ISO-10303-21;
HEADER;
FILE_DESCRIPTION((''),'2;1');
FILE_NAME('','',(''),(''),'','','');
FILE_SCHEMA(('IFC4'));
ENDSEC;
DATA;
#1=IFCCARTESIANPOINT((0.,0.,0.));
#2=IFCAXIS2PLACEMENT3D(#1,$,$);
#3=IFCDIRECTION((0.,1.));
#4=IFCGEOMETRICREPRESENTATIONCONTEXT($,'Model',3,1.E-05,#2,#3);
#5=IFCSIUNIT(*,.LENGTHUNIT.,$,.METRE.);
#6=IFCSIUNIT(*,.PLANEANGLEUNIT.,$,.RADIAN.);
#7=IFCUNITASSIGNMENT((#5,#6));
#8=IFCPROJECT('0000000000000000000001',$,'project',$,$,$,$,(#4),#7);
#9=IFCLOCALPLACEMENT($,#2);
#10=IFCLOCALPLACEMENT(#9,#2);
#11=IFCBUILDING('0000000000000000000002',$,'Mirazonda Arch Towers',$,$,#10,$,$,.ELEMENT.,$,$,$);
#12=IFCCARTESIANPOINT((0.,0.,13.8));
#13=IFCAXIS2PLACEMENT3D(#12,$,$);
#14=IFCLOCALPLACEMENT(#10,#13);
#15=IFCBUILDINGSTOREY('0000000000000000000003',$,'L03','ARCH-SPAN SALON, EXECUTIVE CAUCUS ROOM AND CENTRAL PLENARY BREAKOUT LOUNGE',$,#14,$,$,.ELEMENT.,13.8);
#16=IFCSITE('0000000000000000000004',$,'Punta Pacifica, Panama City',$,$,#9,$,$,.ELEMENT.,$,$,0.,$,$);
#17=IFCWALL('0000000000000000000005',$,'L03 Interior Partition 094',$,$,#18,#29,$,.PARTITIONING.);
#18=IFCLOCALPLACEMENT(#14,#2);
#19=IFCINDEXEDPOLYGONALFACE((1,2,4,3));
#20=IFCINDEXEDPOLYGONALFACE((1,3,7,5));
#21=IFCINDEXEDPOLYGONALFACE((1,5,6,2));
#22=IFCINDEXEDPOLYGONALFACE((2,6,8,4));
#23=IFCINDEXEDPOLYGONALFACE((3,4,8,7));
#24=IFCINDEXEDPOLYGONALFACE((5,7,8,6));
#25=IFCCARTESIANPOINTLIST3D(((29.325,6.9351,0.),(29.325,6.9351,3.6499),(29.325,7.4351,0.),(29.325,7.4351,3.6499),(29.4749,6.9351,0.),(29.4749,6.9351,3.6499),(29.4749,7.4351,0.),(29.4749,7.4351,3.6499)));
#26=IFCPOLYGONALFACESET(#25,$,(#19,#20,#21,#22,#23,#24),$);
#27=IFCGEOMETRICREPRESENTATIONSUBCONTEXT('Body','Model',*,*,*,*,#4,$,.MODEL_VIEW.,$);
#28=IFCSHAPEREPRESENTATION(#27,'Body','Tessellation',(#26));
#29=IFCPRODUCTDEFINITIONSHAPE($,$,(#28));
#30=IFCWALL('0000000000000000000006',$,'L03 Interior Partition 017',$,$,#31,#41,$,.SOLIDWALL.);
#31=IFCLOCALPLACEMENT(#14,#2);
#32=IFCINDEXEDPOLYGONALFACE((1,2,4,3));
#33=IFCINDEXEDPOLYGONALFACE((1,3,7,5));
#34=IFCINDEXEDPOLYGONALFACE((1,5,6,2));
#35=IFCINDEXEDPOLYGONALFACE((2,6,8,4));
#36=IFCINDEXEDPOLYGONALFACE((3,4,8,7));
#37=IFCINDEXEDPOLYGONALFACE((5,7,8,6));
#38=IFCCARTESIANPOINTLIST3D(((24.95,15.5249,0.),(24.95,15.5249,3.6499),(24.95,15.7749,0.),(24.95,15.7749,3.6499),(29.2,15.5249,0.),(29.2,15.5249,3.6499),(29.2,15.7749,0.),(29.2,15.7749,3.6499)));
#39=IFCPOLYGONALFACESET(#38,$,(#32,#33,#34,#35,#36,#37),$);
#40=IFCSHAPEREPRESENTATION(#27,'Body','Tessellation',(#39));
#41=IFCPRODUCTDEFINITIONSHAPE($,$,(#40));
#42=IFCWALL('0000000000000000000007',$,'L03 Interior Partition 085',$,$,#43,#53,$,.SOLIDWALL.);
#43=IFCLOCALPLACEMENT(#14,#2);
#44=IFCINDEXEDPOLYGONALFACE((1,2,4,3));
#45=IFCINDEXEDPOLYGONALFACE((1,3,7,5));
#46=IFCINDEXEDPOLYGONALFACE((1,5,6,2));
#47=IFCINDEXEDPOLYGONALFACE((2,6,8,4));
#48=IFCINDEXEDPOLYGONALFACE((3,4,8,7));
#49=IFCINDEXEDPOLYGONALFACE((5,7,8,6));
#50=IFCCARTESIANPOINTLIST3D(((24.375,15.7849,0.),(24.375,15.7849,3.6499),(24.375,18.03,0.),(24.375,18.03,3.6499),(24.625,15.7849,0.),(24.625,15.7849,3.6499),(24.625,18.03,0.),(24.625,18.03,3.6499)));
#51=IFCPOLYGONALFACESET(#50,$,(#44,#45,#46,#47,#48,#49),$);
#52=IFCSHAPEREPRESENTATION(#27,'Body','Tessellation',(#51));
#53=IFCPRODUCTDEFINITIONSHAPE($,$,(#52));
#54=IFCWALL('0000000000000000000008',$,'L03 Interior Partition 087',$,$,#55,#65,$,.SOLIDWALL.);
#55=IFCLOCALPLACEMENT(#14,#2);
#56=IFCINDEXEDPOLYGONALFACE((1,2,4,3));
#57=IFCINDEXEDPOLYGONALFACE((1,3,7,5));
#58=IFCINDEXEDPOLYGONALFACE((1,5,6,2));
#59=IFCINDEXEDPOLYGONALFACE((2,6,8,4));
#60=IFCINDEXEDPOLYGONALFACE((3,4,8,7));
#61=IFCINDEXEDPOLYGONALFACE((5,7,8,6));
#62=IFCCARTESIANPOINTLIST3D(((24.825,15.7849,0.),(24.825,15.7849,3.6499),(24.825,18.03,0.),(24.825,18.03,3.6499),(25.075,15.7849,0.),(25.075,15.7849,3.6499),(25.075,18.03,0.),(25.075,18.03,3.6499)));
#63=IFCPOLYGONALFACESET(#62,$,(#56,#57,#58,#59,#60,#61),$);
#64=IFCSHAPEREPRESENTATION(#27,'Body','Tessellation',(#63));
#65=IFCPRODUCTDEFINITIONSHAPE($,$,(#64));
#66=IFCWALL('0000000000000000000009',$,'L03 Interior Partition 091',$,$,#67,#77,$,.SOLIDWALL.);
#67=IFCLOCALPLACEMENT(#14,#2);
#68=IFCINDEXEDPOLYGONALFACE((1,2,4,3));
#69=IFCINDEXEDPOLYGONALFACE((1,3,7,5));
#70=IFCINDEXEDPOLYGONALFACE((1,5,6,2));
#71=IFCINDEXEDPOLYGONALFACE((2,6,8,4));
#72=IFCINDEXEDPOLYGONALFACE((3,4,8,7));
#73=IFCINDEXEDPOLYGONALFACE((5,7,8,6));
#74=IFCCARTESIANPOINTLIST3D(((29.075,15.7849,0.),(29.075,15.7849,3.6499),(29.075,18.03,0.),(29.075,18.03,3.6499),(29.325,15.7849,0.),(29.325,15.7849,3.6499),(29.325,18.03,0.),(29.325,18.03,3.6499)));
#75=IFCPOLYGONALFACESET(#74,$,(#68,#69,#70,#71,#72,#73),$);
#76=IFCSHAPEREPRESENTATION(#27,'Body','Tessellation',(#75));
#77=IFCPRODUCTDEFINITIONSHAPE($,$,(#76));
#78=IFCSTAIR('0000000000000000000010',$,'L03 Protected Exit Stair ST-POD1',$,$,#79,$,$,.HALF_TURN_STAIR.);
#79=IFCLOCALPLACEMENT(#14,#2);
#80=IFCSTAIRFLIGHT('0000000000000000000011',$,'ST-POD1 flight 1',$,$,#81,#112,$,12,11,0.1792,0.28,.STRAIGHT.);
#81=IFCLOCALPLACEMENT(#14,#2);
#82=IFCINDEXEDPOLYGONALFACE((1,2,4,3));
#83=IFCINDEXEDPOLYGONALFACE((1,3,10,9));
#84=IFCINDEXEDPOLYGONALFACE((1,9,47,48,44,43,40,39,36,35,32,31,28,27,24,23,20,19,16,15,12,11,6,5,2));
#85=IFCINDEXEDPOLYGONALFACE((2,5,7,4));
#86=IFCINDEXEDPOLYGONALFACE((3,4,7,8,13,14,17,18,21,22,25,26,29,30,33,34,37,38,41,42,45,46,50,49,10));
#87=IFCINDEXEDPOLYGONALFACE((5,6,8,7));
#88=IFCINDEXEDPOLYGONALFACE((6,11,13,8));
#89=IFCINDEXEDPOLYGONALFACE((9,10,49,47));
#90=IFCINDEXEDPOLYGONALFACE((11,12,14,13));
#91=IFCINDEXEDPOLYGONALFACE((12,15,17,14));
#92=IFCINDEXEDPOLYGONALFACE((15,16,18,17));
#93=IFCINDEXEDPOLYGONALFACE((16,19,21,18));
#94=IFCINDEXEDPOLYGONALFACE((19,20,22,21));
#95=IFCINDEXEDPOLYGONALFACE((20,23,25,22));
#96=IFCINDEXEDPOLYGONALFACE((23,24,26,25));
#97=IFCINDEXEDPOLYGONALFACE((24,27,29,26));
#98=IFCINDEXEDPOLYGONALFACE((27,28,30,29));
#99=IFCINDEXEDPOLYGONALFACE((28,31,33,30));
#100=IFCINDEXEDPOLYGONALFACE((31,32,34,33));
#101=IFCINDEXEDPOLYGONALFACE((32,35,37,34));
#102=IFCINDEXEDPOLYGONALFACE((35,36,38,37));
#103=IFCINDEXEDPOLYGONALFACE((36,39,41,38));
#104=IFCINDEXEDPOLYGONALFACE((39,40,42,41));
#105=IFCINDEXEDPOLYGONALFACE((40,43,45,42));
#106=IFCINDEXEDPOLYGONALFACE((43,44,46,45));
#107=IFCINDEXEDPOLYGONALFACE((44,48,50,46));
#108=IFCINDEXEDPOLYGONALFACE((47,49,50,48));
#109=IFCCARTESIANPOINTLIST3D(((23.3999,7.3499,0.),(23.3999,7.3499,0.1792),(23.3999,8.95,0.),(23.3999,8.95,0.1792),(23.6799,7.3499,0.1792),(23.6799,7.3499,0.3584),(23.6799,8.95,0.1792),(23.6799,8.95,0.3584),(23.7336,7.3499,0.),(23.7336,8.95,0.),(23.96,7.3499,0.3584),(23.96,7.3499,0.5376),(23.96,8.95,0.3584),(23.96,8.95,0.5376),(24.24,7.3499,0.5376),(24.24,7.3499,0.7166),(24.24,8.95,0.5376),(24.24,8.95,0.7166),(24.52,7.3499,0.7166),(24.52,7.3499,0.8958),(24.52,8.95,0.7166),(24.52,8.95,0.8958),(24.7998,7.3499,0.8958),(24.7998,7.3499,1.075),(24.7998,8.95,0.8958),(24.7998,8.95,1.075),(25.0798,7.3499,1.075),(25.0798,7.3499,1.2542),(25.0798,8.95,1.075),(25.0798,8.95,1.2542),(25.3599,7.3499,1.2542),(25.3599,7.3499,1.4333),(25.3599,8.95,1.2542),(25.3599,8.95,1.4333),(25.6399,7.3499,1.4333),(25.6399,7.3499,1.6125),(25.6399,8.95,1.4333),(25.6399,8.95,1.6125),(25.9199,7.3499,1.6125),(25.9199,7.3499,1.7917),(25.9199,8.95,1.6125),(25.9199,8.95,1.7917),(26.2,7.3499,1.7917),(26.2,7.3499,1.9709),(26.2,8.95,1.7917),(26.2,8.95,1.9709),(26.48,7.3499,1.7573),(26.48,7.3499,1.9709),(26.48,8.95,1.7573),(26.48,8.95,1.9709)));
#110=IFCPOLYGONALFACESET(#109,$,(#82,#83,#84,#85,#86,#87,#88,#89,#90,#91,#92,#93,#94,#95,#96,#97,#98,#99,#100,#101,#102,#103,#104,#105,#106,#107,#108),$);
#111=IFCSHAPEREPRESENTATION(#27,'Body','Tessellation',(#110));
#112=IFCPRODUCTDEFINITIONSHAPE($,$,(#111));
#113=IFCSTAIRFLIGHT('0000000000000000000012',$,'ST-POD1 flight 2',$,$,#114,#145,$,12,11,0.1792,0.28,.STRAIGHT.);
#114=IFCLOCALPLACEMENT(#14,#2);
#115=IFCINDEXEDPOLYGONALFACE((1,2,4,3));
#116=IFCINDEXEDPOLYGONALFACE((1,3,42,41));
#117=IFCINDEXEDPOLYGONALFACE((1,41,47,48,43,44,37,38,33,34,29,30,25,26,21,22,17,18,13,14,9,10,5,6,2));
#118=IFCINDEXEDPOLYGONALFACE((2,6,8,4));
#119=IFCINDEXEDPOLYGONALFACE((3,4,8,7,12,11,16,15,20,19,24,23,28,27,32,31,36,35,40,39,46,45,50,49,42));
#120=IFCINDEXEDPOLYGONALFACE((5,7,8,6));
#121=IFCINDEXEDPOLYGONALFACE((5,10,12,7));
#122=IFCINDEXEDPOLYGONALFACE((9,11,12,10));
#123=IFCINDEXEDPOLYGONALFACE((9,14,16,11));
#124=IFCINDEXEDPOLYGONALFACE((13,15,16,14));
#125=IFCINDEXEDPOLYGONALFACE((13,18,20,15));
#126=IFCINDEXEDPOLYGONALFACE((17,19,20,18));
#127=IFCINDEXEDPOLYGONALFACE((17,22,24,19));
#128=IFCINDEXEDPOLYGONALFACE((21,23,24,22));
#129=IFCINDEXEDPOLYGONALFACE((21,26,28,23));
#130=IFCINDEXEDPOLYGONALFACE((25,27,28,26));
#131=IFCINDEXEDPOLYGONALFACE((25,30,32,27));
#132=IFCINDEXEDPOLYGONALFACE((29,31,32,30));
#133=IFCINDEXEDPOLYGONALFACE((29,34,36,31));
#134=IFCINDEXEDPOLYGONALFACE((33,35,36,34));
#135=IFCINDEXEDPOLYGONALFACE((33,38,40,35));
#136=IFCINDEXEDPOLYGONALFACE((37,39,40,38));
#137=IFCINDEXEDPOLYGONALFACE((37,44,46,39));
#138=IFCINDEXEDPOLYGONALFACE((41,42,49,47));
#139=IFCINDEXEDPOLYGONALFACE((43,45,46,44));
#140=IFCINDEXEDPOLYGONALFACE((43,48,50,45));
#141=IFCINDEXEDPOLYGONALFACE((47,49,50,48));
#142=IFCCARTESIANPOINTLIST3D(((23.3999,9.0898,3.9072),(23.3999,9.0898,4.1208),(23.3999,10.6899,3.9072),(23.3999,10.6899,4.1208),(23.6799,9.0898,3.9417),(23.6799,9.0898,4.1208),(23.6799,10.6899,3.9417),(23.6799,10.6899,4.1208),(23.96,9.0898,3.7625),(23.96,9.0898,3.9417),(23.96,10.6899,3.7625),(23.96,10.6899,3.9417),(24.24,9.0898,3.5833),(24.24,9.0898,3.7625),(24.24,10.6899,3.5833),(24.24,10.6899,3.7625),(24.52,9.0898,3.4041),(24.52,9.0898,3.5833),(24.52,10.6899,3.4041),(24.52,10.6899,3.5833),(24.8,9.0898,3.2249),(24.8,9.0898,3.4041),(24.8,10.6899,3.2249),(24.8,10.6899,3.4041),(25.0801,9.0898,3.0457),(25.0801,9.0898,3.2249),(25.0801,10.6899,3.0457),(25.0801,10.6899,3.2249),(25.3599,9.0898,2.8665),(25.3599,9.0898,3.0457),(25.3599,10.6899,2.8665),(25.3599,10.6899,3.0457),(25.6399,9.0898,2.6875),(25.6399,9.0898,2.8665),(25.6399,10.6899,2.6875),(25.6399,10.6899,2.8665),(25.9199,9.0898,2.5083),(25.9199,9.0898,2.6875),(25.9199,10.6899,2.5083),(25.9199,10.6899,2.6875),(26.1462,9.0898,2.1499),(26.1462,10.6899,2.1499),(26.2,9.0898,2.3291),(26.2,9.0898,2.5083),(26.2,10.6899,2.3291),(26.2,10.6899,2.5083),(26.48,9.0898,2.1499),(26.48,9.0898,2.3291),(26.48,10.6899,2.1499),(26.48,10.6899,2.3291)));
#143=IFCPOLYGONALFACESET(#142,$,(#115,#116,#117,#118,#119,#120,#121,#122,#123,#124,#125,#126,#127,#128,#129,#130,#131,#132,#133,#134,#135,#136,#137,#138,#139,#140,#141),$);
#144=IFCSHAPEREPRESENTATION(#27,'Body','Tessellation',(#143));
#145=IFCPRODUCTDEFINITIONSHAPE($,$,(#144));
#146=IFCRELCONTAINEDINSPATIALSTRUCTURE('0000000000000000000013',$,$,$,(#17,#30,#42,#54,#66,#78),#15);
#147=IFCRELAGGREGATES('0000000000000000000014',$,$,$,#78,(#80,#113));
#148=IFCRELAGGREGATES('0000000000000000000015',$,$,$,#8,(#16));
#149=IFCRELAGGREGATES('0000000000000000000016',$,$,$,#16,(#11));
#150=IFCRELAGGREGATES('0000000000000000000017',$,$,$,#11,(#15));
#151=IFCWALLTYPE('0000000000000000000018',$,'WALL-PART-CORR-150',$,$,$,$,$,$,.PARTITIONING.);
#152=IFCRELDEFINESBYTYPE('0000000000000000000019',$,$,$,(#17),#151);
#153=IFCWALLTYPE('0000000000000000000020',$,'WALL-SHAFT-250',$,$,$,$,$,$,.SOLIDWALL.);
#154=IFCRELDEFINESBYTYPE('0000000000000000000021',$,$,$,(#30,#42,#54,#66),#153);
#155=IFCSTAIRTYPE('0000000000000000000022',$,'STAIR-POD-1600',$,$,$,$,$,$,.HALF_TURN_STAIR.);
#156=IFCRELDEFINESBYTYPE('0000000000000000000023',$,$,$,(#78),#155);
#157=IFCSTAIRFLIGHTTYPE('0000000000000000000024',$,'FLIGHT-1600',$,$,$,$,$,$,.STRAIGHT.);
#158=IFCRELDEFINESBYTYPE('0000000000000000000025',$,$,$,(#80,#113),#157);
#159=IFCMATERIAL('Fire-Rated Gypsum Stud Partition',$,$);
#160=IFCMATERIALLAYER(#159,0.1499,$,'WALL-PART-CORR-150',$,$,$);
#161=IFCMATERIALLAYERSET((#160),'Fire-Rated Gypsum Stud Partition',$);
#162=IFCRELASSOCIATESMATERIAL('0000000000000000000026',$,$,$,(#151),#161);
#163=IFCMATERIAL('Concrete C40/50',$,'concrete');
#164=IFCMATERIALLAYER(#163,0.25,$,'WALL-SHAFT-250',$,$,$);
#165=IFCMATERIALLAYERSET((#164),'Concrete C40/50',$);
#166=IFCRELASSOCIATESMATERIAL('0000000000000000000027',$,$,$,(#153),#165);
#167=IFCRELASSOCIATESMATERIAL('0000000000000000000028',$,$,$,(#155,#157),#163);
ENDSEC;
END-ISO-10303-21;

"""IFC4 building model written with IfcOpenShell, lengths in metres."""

from ifc_helpers import new_model, si_unit, direction, frame, frame_2d, origin, place, context, subcontext, project, spatial, polyline, rectangle, outline, extrude, material, layer, layer_set, type_object, element, aggregate, save


model = new_model("IFC4")

# Units and contexts
model_context = context("Model", 3, precision=1e-05, world=origin(), true_north=direction((0.0, 1.0)))
body_context = subcontext(model_context, "Body", "Model", "MODEL_VIEW")
ifc_project = project(units=[si_unit("LENGTHUNIT", "METRE"), si_unit("PLANEANGLEUNIT", "RADIAN")], contexts=[model_context])

# Site, building, storey
site_placement = place(None, origin())
site = spatial("IfcSite", under=ifc_project, at=site_placement, Name="Punta Pacifica, Panama City", CompositionType="ELEMENT", RefElevation=0.0)
building_placement = place(site_placement, origin())
building = spatial("IfcBuilding", under=site, at=building_placement, Name="Mirazonda Arch Towers", CompositionType="ELEMENT")
storey_placement = place(building_placement, frame((0.0, 0.0, 13.8)))
storey = spatial("IfcBuildingStorey", under=building, at=storey_placement, Name="L03", Description="ARCH-SPAN SALON, EXECUTIVE CAUCUS ROOM AND CENTRAL PLENARY BREAKOUT LOUNGE", CompositionType="ELEMENT", Elevation=13.8)

# Walls
ifc_material_1 = material(Name="Fire-Rated Gypsum Stud Partition")
ifc_layer_1 = layer(ifc_material_1, 0.1499, Name="WALL-PART-CORR-150")
ifc_layer_set_1 = layer_set([ifc_layer_1], Name="Fire-Rated Gypsum Stud Partition")
wall_type_1 = type_object("IfcWallType", Name="WALL-PART-CORR-150", PredefinedType="PARTITIONING", material=ifc_layer_set_1)
wall_1_placement = place(storey_placement, frame((29.3999, 6.9351, 0.0), z_axis=(0.0, 0.0, 1.0), x_axis=(0.0, 1.0, 0.0)))
element("IfcWall", 1, at=wall_1_placement, inside=storey, type_object=wall_type_1, Name="L03 Interior Partition 094", PredefinedType="PARTITIONING", context=body_context, shape_type="SweptSolid", body=[
    extrude(rectangle(XDim=0.5, YDim=0.1499, at=frame_2d((0.25, 0.0))), origin(), (0.0, 0.0, 1.0), 3.6499),
])
ifc_material_2 = material(Name="Concrete C40/50", Category="concrete")
ifc_layer_2 = layer(ifc_material_2, 0.25, Name="WALL-SHAFT-250")
ifc_layer_set_2 = layer_set([ifc_layer_2], Name="Concrete C40/50")
wall_type_2 = type_object("IfcWallType", Name="WALL-SHAFT-250", PredefinedType="SOLIDWALL", material=ifc_layer_set_2)
wall_2_placement = place(storey_placement, frame((24.95, 15.6499, 0.0), z_axis=(0.0, 0.0, 1.0), x_axis=(1.0, 0.0, 0.0)))
element("IfcWall", 2, at=wall_2_placement, inside=storey, type_object=wall_type_2, Name="L03 Interior Partition 017", PredefinedType="SOLIDWALL", context=body_context, shape_type="SweptSolid", body=[
    extrude(rectangle(XDim=4.25, YDim=0.25, at=frame_2d((2.125, 0.0))), origin(), (0.0, 0.0, 1.0), 3.6499),
])
for number, where, z_axis, x_axis, name in (
    (3, (24.5, 15.7849, 0.0), (0.0, 0.0, 1.0), (0.0, 1.0, 0.0), "L03 Interior Partition 085"),
    (4, (24.95, 15.7849, 0.0), (0.0, 0.0, 1.0), (0.0, 1.0, 0.0), "L03 Interior Partition 087"),
    (5, (29.2, 15.7849, 0.0), (0.0, 0.0, 1.0), (0.0, 1.0, 0.0), "L03 Interior Partition 091"),
):
    element("IfcWall", number, at=place(storey_placement, frame(where, z_axis=z_axis, x_axis=x_axis)), inside=storey, type_object=wall_type_2, Name=name, PredefinedType="SOLIDWALL", context=body_context, shape_type="SweptSolid", body=[
        extrude(rectangle(XDim=2.2451, YDim=0.25, at=frame_2d((1.1226, 0.0))), origin(), (0.0, 0.0, 1.0), 3.6499),
    ])

# Stair, stair flights
stair_type = type_object("IfcStairType", Name="STAIR-POD-1600", PredefinedType="HALF_TURN_STAIR", material=ifc_material_2)
stair_placement = place(storey_placement, origin())
stair = element("IfcStair", 6, at=stair_placement, inside=storey, type_object=stair_type, Name="L03 Protected Exit Stair ST-POD1", PredefinedType="HALF_TURN_STAIR")
stair_flight_type = type_object("IfcStairFlightType", Name="FLIGHT-1600", PredefinedType="STRAIGHT", material=ifc_material_2)
stair_flight_1_placement = place(storey_placement, frame((23.3999, 8.1499, 0.0), z_axis=(0.0, 0.0, 1.0), x_axis=(1.0, 0.0, 0.0)))
stair_flight_1 = element("IfcStairFlight", 7, at=stair_flight_1_placement, type_object=stair_flight_type, Name="ST-POD1 flight 1", NumberOfRisers=12, NumberOfTreads=11, PredefinedType="STRAIGHT", RiserHeight=0.1792, TreadLength=0.28, context=body_context, shape_type="SweptSolid", body=[
    extrude(outline(polyline([(0.0, 0.0), (0.0, 0.1792), (0.28, 0.1792), (0.28, 0.3584), (0.5601, 0.3584), (0.5601, 0.5376), (0.8401, 0.5376), (0.8401, 0.7166), (1.1201, 0.7166), (1.1201, 0.8958), (1.3999, 0.8958), (1.3999, 1.075), (1.6799, 1.075), (1.6799, 1.2542), (1.96, 1.2542), (1.96, 1.4333), (2.24, 1.4333), (2.24, 1.6125), (2.52, 1.6125), (2.52, 1.7917), (2.8, 1.7917), (2.8, 1.9709), (3.0801, 1.9709), (3.0801, 2.1499), (3.0801, 1.7573), (0.3337, 0.0), (0.0, 0.0)])), frame((0.0, 0.8, 0.0), z_axis=(0.0, -1.0, 0.0), x_axis=(1.0, 0.0, 0.0)), (0.0, 0.0, 1.0), 1.6001),
])
stair_flight_2_placement = place(storey_placement, frame((26.48, 9.8899, 2.1499), z_axis=(0.0, 0.0, 1.0), x_axis=(-1.0, 0.0, 0.0)))
stair_flight_2 = element("IfcStairFlight", 8, at=stair_flight_2_placement, type_object=stair_flight_type, Name="ST-POD1 flight 2", NumberOfRisers=12, NumberOfTreads=11, PredefinedType="STRAIGHT", RiserHeight=0.1792, TreadLength=0.28, context=body_context, shape_type="SweptSolid", body=[
    extrude(outline(polyline([(0.0, 0.0), (0.0, 0.1792), (0.28, 0.1792), (0.28, 0.3584), (0.5601, 0.3584), (0.5601, 0.5376), (0.8401, 0.5376), (0.8401, 0.7166), (1.1201, 0.7166), (1.1201, 0.8958), (1.3999, 0.8958), (1.3999, 1.075), (1.6799, 1.075), (1.6799, 1.2542), (1.96, 1.2542), (1.96, 1.4333), (2.24, 1.4333), (2.24, 1.6125), (2.52, 1.6125), (2.52, 1.7917), (2.8, 1.7917), (2.8, 1.9709), (3.0801, 1.9709), (3.0801, 2.1499), (3.0801, 1.7573), (0.3337, 0.0), (0.0, 0.0)])), frame((0.0, 0.8, 0.0), z_axis=(0.0, -1.0, 0.0), x_axis=(1.0, 0.0, 0.0)), (0.0, 0.0, 1.0), 1.6001),
])
aggregate(stair, [stair_flight_1, stair_flight_2])

save(model, "model.ifc")
